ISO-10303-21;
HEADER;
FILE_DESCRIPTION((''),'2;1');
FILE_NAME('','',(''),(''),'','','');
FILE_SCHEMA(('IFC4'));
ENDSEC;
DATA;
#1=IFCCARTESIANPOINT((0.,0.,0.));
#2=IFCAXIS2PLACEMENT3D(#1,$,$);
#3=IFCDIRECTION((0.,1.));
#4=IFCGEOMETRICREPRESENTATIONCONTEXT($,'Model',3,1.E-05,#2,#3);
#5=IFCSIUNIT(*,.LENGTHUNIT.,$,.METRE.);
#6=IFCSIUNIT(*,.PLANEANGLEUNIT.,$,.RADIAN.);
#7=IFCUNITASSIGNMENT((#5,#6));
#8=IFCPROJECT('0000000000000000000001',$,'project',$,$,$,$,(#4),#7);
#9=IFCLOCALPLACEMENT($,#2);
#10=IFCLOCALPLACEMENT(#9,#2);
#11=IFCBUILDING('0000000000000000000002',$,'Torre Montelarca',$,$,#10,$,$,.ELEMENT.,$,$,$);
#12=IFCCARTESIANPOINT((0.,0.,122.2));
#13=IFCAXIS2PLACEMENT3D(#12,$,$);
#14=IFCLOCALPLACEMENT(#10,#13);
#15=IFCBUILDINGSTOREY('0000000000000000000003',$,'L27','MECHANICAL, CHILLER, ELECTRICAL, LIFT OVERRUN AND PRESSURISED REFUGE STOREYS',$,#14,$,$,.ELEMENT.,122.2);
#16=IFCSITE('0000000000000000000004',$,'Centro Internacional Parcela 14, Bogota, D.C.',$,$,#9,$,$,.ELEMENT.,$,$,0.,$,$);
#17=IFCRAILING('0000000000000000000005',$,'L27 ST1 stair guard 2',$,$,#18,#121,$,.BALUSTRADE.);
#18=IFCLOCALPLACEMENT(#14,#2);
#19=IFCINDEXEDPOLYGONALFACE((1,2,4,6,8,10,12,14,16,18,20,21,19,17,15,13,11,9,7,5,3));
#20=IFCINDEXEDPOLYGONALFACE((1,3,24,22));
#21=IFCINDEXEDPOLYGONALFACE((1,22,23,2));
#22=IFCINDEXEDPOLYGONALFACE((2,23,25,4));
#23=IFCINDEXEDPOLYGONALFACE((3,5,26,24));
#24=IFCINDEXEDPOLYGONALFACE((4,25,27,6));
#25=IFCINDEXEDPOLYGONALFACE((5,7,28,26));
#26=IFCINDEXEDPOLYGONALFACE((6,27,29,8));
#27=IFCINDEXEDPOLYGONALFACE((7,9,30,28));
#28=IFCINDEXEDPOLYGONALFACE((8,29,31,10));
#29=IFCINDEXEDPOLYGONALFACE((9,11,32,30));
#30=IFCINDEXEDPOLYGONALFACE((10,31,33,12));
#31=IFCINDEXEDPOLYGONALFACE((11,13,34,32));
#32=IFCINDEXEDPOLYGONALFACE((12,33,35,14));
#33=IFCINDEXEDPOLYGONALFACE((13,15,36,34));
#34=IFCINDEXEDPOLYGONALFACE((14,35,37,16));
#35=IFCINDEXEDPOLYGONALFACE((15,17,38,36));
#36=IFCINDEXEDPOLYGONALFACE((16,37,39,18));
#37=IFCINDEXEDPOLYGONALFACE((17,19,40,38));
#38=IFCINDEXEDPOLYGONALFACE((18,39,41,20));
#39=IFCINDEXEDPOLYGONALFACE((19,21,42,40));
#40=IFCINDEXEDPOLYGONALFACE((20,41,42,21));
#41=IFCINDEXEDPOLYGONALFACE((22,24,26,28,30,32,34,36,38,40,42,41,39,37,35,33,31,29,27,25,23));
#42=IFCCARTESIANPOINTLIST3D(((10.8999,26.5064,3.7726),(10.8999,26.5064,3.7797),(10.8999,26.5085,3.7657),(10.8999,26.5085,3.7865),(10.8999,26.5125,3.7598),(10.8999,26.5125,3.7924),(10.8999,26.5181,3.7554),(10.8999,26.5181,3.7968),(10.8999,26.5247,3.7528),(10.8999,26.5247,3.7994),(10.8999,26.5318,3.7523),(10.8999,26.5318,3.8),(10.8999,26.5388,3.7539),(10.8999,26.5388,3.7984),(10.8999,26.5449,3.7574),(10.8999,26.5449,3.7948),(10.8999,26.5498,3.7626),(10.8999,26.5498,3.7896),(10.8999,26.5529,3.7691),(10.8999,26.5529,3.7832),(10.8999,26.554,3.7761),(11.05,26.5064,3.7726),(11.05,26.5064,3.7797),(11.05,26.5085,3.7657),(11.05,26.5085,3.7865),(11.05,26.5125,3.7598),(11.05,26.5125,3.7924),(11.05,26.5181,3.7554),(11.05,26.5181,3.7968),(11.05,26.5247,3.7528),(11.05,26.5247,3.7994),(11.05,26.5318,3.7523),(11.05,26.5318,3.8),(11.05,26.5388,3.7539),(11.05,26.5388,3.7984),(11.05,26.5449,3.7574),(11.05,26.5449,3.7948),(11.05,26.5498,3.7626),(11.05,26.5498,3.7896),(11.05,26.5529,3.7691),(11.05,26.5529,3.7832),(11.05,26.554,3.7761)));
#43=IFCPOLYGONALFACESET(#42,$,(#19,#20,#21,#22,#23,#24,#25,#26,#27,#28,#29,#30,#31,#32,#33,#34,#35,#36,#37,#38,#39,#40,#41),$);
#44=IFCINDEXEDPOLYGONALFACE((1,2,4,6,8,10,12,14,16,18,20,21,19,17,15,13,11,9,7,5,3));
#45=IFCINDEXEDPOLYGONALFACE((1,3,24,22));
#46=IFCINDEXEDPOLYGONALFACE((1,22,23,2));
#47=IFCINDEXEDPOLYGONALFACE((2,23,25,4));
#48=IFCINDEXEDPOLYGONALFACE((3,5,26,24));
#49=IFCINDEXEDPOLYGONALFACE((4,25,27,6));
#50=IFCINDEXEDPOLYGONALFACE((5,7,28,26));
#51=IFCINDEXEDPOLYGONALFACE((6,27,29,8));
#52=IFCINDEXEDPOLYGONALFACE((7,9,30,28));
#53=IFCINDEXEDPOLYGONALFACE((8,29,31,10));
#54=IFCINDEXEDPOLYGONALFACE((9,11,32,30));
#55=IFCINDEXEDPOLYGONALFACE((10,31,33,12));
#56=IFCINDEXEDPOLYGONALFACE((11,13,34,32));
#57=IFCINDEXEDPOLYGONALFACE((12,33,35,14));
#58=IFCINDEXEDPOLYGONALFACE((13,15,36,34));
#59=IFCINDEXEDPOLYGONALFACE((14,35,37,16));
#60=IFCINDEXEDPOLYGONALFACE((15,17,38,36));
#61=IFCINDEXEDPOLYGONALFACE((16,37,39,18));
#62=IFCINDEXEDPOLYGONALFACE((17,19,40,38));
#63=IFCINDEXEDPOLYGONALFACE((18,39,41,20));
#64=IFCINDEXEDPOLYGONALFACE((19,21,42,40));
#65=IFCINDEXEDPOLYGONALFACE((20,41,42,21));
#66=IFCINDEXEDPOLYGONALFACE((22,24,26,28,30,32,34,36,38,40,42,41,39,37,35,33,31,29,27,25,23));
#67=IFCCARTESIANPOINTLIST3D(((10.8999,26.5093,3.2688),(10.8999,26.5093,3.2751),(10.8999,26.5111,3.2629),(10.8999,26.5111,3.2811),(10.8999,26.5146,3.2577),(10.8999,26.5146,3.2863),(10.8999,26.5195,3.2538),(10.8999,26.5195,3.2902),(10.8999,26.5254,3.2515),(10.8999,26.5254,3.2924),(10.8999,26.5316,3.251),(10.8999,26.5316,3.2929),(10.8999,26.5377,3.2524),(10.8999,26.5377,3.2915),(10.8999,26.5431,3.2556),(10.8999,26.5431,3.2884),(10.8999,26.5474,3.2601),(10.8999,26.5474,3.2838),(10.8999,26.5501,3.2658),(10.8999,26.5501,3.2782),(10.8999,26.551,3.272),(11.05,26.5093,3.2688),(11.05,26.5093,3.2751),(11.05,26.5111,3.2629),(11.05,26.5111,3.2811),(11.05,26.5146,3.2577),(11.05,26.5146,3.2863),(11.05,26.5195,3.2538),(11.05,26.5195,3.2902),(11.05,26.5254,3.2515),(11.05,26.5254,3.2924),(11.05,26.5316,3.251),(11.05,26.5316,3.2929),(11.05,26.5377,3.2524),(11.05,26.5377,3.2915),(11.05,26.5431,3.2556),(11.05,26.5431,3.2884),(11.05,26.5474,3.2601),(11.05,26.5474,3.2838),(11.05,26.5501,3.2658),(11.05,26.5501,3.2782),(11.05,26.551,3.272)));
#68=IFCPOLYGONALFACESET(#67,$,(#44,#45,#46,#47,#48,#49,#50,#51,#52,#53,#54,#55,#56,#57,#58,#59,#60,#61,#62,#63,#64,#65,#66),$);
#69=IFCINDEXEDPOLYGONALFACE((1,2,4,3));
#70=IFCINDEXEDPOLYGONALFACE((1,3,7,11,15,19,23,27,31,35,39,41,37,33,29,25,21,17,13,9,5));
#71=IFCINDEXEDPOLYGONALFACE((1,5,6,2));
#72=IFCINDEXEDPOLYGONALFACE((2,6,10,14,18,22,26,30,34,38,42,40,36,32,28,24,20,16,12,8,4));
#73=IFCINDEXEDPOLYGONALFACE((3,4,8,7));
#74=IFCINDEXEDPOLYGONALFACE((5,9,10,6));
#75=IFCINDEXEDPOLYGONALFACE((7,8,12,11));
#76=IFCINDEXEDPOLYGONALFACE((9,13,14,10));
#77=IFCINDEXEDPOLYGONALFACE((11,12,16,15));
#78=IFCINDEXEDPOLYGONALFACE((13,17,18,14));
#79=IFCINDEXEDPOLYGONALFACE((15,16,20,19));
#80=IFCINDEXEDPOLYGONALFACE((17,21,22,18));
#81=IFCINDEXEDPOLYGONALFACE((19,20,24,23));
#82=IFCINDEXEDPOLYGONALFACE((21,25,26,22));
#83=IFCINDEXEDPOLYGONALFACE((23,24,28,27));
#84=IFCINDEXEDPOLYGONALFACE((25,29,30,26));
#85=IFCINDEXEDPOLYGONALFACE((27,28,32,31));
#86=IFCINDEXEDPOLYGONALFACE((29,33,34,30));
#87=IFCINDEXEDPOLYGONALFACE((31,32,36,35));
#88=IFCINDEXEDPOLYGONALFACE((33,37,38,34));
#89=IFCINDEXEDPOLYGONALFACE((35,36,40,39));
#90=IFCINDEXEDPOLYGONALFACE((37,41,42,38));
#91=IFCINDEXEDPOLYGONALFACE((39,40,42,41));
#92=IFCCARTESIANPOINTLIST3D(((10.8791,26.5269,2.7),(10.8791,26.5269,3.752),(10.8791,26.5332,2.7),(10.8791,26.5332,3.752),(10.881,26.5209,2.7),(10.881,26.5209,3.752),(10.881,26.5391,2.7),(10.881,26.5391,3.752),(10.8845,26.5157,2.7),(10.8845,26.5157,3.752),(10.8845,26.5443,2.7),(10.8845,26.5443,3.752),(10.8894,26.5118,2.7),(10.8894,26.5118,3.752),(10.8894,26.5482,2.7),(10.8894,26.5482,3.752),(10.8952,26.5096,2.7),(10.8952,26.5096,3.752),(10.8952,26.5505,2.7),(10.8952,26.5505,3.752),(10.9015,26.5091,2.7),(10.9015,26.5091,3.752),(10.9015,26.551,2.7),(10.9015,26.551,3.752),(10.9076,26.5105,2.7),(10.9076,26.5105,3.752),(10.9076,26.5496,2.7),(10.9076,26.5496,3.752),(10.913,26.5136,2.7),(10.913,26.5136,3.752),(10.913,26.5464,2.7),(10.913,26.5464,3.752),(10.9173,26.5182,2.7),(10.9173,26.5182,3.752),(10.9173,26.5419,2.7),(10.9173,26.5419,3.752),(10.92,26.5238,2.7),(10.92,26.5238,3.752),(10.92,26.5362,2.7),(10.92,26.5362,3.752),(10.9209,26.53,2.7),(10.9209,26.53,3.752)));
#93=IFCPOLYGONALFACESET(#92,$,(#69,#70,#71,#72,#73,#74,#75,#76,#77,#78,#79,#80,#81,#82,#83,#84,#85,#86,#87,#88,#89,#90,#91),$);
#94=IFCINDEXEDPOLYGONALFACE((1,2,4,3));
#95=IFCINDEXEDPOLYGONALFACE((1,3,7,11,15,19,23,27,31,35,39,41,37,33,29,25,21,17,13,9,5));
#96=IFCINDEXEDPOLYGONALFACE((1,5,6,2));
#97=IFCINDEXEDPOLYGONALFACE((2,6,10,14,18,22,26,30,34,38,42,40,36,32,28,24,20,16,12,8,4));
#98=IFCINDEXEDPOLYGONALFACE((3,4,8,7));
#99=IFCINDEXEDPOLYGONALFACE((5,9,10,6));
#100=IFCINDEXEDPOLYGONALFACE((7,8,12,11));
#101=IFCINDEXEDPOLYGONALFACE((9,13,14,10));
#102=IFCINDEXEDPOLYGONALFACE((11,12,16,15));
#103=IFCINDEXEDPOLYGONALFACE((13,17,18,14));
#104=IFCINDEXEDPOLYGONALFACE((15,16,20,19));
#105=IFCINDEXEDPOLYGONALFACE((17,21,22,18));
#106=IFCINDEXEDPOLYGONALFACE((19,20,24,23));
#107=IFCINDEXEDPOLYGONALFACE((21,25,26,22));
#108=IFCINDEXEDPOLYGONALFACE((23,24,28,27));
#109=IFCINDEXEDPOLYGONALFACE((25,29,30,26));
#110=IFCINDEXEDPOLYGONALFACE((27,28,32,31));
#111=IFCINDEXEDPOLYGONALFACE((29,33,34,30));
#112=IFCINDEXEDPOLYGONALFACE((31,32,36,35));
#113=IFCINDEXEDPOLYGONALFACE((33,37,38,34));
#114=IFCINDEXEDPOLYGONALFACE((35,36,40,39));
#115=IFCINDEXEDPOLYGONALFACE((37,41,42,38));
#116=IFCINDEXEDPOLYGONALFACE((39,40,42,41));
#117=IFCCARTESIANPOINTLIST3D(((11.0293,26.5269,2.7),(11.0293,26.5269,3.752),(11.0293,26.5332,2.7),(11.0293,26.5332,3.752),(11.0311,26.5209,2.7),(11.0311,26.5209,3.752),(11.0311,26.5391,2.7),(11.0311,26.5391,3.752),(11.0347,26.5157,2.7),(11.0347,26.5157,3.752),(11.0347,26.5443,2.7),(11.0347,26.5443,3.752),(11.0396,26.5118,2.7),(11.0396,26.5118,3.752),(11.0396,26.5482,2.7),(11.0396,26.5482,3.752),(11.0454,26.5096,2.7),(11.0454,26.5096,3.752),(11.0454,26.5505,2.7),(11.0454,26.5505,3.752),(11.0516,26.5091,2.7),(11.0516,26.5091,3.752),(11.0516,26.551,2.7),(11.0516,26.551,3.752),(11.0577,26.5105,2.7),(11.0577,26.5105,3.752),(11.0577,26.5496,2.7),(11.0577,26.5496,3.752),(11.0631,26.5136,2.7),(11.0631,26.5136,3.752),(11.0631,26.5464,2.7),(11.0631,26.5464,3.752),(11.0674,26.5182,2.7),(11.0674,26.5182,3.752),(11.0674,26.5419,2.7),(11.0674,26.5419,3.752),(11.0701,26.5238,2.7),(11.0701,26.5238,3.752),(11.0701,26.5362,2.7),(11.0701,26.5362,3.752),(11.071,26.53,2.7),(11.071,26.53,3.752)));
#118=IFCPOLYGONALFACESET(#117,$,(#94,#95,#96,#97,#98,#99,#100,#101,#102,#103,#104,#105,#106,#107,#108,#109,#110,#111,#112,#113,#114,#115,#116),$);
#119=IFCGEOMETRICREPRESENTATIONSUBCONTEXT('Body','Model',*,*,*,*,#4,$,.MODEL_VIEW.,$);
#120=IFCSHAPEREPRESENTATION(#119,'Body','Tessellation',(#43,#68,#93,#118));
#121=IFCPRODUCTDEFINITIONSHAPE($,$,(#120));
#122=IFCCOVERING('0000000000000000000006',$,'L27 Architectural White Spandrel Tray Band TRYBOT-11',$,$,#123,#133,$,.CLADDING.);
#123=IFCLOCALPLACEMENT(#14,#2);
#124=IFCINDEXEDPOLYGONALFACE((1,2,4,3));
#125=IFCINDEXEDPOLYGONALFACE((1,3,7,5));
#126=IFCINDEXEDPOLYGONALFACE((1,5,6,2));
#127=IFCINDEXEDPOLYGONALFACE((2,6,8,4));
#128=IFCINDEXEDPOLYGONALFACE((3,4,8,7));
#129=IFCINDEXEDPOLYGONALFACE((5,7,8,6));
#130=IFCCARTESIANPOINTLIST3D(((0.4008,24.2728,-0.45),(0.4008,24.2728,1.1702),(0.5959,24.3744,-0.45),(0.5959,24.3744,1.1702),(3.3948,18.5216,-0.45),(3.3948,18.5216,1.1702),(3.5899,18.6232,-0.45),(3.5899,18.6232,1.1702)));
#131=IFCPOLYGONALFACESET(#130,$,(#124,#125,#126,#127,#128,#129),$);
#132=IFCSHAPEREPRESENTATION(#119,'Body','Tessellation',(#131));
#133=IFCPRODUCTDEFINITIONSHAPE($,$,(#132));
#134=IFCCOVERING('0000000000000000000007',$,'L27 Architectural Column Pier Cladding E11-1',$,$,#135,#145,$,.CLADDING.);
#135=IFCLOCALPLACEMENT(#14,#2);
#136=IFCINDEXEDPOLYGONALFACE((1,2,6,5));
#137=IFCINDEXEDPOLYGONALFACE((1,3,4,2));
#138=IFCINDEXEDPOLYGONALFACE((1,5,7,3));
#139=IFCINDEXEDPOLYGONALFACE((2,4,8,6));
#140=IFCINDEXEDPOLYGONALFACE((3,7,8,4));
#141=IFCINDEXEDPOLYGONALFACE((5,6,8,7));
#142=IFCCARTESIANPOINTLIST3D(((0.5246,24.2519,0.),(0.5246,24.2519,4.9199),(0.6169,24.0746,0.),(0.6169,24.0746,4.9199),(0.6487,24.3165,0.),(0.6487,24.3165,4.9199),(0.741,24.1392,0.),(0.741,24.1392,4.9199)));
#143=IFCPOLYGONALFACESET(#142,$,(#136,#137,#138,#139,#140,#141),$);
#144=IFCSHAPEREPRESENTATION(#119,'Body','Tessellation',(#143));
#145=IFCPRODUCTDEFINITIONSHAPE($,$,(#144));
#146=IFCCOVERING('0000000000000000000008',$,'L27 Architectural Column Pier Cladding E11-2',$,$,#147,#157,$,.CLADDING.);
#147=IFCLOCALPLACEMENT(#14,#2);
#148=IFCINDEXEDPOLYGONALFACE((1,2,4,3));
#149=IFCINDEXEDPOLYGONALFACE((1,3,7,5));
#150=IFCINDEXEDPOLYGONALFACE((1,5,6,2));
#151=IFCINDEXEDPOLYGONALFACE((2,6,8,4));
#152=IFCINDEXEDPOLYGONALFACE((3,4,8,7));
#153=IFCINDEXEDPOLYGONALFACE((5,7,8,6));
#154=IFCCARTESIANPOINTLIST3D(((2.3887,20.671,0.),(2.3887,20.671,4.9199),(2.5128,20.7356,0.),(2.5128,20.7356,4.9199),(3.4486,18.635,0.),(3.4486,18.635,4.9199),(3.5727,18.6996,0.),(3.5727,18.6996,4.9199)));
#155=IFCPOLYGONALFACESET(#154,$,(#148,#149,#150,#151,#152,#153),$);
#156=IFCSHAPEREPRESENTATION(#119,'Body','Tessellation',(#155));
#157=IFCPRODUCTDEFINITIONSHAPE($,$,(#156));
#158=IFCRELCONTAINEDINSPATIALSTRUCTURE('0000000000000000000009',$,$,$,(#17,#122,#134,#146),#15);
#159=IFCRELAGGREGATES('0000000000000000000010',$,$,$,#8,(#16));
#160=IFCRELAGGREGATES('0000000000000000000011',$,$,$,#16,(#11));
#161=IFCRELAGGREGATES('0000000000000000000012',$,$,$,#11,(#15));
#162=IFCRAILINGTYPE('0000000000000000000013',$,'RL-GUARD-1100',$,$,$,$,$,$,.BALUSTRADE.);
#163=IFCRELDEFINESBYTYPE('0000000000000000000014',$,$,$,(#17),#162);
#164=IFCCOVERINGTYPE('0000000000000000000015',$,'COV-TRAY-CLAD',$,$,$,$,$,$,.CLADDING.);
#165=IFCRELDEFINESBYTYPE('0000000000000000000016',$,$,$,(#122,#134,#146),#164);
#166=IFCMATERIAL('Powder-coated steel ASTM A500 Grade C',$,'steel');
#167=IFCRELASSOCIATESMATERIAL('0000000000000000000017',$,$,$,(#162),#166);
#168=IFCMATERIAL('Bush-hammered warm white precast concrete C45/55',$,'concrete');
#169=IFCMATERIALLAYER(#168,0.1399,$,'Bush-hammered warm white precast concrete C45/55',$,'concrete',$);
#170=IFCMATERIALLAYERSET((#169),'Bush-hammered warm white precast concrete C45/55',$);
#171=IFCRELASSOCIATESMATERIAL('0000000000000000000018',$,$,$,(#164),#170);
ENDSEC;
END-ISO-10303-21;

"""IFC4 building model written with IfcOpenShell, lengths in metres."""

from ifc_helpers import new_model, si_unit, direction, frame, origin, origin_2d, place, context, subcontext, project, spatial, rectangle, circle, extrude, source, transform, mapped, material, layer, layer_set, type_object, element, save


model = new_model("IFC4")

# Units and contexts
model_context = context("Model", 3, precision=1e-05, world=origin(), true_north=direction((0.0, 1.0)))
body_context = subcontext(model_context, "Body", "Model", "MODEL_VIEW")
ifc_project = project(units=[si_unit("LENGTHUNIT", "METRE"), si_unit("PLANEANGLEUNIT", "RADIAN")], contexts=[model_context])

# Site, building, storey
site_placement = place(None, origin())
site = spatial("IfcSite", under=ifc_project, at=site_placement, Name="Centro Internacional Parcela 14, Bogota, D.C.", CompositionType="ELEMENT", RefElevation=0.0)
building_placement = place(site_placement, origin())
building = spatial("IfcBuilding", under=site, at=building_placement, Name="Torre Montelarca", CompositionType="ELEMENT")
storey_placement = place(building_placement, frame((0.0, 0.0, 122.2)))
storey = spatial("IfcBuildingStorey", under=building, at=storey_placement, Name="L27", Description="MECHANICAL, CHILLER, ELECTRICAL, LIFT OVERRUN AND PRESSURISED REFUGE STOREYS", CompositionType="ELEMENT", Elevation=122.2)

# Railing
ifc_material_1 = material(Name="Powder-coated steel ASTM A500 Grade C", Category="steel")
railing_type = type_object("IfcRailingType", Name="RL-GUARD-1100", PredefinedType="BALUSTRADE", material=ifc_material_1)
railing_1_placement = place(storey_placement, frame((10.8999, 26.53, 2.7)))
element("IfcRailing", 1, at=railing_1_placement, inside=storey, type_object=railing_type, Name="L27 ST1 stair guard 2", PredefinedType="BALUSTRADE", context=body_context, shape_type="SweptSolid", body=[
    extrude(circle(Radius=0.0239, at=origin_2d()), frame((0.0, 0.0, 1.0762), z_axis=(1.0, 0.0, 0.0), x_axis=(0.0, 1.0, 0.0)), (0.0, 0.0, 1.0), 0.1501),
    extrude(circle(Radius=0.021, at=origin_2d()), frame((0.0, 0.0, 0.572), z_axis=(1.0, 0.0, 0.0), x_axis=(0.0, 1.0, 0.0)), (0.0, 0.0, 1.0), 0.1501),
    extrude(circle(Radius=0.021, at=origin_2d()), origin(), (0.0, 0.0, 1.0), 1.052),
    extrude(circle(Radius=0.021, at=origin_2d()), frame((0.1501, 0.0, 0.0)), (0.0, 0.0, 1.0), 1.052),
])

# Coverings
ifc_material_2 = material(Name="Bush-hammered warm white precast concrete C45/55", Category="concrete")
ifc_layer_1 = layer(ifc_material_2, 0.1399, Name="Bush-hammered warm white precast concrete C45/55", Category="concrete")
ifc_layer_set_1 = layer_set([ifc_layer_1], Name="Bush-hammered warm white precast concrete C45/55")
covering_type = type_object("IfcCoveringType", Name="COV-TRAY-CLAD", PredefinedType="CLADDING", material=ifc_layer_set_1)
shared_shape_1 = source(origin(), body_context, "Body", "SweptSolid", [
    extrude(rectangle(XDim=6.4839, YDim=0.22, at=origin_2d()), origin(), (0.0, 0.0, 1.0), 1.6201),
])
covering_1_placement = place(storey_placement, frame((1.9954, 21.448, -0.45), z_axis=(0.0, 0.0, 1.0), x_axis=(0.461755, -0.887008, 0.0)))
element("IfcCovering", 2, at=covering_1_placement, inside=storey, type_object=covering_type, Name="L27 Architectural White Spandrel Tray Band TRYBOT-11", PredefinedType="CLADDING", context=body_context, shape_type="MappedRepresentation", body=[
    mapped(shared_shape_1, transform((0.0, 0.0, 0.0), scale=1.0)),
])
shared_shape_2 = source(origin(), body_context, "Body", "SweptSolid", [
    extrude(rectangle(XDim=0.2, YDim=0.1399, at=origin_2d()), origin(), (0.0, 0.0, 1.0), 4.9199),
])
covering_2_placement = place(storey_placement, frame((0.6328, 24.1956, 0.0), z_axis=(0.0, 0.0, 1.0), x_axis=(0.461749, -0.887011, 0.0)))
element("IfcCovering", 3, at=covering_2_placement, inside=storey, type_object=covering_type, Name="L27 Architectural Column Pier Cladding E11-1", PredefinedType="CLADDING", context=body_context, shape_type="MappedRepresentation", body=[
    mapped(shared_shape_2, transform((0.0, 0.0, 0.0), scale=1.0)),
])
shared_shape_3 = source(origin(), body_context, "Body", "SweptSolid", [
    extrude(rectangle(XDim=2.2954, YDim=0.1399, at=origin_2d()), origin(), (0.0, 0.0, 1.0), 4.9199),
])
covering_3_placement = place(storey_placement, frame((2.9807, 19.6853, 0.0), z_axis=(0.0, 0.0, 1.0), x_axis=(0.461749, -0.887011, 0.0)))
element("IfcCovering", 4, at=covering_3_placement, inside=storey, type_object=covering_type, Name="L27 Architectural Column Pier Cladding E11-2", PredefinedType="CLADDING", context=body_context, shape_type="MappedRepresentation", body=[
    mapped(shared_shape_3, transform((0.0, 0.0, 0.0), scale=1.0)),
])

save(model, "model.ifc")
